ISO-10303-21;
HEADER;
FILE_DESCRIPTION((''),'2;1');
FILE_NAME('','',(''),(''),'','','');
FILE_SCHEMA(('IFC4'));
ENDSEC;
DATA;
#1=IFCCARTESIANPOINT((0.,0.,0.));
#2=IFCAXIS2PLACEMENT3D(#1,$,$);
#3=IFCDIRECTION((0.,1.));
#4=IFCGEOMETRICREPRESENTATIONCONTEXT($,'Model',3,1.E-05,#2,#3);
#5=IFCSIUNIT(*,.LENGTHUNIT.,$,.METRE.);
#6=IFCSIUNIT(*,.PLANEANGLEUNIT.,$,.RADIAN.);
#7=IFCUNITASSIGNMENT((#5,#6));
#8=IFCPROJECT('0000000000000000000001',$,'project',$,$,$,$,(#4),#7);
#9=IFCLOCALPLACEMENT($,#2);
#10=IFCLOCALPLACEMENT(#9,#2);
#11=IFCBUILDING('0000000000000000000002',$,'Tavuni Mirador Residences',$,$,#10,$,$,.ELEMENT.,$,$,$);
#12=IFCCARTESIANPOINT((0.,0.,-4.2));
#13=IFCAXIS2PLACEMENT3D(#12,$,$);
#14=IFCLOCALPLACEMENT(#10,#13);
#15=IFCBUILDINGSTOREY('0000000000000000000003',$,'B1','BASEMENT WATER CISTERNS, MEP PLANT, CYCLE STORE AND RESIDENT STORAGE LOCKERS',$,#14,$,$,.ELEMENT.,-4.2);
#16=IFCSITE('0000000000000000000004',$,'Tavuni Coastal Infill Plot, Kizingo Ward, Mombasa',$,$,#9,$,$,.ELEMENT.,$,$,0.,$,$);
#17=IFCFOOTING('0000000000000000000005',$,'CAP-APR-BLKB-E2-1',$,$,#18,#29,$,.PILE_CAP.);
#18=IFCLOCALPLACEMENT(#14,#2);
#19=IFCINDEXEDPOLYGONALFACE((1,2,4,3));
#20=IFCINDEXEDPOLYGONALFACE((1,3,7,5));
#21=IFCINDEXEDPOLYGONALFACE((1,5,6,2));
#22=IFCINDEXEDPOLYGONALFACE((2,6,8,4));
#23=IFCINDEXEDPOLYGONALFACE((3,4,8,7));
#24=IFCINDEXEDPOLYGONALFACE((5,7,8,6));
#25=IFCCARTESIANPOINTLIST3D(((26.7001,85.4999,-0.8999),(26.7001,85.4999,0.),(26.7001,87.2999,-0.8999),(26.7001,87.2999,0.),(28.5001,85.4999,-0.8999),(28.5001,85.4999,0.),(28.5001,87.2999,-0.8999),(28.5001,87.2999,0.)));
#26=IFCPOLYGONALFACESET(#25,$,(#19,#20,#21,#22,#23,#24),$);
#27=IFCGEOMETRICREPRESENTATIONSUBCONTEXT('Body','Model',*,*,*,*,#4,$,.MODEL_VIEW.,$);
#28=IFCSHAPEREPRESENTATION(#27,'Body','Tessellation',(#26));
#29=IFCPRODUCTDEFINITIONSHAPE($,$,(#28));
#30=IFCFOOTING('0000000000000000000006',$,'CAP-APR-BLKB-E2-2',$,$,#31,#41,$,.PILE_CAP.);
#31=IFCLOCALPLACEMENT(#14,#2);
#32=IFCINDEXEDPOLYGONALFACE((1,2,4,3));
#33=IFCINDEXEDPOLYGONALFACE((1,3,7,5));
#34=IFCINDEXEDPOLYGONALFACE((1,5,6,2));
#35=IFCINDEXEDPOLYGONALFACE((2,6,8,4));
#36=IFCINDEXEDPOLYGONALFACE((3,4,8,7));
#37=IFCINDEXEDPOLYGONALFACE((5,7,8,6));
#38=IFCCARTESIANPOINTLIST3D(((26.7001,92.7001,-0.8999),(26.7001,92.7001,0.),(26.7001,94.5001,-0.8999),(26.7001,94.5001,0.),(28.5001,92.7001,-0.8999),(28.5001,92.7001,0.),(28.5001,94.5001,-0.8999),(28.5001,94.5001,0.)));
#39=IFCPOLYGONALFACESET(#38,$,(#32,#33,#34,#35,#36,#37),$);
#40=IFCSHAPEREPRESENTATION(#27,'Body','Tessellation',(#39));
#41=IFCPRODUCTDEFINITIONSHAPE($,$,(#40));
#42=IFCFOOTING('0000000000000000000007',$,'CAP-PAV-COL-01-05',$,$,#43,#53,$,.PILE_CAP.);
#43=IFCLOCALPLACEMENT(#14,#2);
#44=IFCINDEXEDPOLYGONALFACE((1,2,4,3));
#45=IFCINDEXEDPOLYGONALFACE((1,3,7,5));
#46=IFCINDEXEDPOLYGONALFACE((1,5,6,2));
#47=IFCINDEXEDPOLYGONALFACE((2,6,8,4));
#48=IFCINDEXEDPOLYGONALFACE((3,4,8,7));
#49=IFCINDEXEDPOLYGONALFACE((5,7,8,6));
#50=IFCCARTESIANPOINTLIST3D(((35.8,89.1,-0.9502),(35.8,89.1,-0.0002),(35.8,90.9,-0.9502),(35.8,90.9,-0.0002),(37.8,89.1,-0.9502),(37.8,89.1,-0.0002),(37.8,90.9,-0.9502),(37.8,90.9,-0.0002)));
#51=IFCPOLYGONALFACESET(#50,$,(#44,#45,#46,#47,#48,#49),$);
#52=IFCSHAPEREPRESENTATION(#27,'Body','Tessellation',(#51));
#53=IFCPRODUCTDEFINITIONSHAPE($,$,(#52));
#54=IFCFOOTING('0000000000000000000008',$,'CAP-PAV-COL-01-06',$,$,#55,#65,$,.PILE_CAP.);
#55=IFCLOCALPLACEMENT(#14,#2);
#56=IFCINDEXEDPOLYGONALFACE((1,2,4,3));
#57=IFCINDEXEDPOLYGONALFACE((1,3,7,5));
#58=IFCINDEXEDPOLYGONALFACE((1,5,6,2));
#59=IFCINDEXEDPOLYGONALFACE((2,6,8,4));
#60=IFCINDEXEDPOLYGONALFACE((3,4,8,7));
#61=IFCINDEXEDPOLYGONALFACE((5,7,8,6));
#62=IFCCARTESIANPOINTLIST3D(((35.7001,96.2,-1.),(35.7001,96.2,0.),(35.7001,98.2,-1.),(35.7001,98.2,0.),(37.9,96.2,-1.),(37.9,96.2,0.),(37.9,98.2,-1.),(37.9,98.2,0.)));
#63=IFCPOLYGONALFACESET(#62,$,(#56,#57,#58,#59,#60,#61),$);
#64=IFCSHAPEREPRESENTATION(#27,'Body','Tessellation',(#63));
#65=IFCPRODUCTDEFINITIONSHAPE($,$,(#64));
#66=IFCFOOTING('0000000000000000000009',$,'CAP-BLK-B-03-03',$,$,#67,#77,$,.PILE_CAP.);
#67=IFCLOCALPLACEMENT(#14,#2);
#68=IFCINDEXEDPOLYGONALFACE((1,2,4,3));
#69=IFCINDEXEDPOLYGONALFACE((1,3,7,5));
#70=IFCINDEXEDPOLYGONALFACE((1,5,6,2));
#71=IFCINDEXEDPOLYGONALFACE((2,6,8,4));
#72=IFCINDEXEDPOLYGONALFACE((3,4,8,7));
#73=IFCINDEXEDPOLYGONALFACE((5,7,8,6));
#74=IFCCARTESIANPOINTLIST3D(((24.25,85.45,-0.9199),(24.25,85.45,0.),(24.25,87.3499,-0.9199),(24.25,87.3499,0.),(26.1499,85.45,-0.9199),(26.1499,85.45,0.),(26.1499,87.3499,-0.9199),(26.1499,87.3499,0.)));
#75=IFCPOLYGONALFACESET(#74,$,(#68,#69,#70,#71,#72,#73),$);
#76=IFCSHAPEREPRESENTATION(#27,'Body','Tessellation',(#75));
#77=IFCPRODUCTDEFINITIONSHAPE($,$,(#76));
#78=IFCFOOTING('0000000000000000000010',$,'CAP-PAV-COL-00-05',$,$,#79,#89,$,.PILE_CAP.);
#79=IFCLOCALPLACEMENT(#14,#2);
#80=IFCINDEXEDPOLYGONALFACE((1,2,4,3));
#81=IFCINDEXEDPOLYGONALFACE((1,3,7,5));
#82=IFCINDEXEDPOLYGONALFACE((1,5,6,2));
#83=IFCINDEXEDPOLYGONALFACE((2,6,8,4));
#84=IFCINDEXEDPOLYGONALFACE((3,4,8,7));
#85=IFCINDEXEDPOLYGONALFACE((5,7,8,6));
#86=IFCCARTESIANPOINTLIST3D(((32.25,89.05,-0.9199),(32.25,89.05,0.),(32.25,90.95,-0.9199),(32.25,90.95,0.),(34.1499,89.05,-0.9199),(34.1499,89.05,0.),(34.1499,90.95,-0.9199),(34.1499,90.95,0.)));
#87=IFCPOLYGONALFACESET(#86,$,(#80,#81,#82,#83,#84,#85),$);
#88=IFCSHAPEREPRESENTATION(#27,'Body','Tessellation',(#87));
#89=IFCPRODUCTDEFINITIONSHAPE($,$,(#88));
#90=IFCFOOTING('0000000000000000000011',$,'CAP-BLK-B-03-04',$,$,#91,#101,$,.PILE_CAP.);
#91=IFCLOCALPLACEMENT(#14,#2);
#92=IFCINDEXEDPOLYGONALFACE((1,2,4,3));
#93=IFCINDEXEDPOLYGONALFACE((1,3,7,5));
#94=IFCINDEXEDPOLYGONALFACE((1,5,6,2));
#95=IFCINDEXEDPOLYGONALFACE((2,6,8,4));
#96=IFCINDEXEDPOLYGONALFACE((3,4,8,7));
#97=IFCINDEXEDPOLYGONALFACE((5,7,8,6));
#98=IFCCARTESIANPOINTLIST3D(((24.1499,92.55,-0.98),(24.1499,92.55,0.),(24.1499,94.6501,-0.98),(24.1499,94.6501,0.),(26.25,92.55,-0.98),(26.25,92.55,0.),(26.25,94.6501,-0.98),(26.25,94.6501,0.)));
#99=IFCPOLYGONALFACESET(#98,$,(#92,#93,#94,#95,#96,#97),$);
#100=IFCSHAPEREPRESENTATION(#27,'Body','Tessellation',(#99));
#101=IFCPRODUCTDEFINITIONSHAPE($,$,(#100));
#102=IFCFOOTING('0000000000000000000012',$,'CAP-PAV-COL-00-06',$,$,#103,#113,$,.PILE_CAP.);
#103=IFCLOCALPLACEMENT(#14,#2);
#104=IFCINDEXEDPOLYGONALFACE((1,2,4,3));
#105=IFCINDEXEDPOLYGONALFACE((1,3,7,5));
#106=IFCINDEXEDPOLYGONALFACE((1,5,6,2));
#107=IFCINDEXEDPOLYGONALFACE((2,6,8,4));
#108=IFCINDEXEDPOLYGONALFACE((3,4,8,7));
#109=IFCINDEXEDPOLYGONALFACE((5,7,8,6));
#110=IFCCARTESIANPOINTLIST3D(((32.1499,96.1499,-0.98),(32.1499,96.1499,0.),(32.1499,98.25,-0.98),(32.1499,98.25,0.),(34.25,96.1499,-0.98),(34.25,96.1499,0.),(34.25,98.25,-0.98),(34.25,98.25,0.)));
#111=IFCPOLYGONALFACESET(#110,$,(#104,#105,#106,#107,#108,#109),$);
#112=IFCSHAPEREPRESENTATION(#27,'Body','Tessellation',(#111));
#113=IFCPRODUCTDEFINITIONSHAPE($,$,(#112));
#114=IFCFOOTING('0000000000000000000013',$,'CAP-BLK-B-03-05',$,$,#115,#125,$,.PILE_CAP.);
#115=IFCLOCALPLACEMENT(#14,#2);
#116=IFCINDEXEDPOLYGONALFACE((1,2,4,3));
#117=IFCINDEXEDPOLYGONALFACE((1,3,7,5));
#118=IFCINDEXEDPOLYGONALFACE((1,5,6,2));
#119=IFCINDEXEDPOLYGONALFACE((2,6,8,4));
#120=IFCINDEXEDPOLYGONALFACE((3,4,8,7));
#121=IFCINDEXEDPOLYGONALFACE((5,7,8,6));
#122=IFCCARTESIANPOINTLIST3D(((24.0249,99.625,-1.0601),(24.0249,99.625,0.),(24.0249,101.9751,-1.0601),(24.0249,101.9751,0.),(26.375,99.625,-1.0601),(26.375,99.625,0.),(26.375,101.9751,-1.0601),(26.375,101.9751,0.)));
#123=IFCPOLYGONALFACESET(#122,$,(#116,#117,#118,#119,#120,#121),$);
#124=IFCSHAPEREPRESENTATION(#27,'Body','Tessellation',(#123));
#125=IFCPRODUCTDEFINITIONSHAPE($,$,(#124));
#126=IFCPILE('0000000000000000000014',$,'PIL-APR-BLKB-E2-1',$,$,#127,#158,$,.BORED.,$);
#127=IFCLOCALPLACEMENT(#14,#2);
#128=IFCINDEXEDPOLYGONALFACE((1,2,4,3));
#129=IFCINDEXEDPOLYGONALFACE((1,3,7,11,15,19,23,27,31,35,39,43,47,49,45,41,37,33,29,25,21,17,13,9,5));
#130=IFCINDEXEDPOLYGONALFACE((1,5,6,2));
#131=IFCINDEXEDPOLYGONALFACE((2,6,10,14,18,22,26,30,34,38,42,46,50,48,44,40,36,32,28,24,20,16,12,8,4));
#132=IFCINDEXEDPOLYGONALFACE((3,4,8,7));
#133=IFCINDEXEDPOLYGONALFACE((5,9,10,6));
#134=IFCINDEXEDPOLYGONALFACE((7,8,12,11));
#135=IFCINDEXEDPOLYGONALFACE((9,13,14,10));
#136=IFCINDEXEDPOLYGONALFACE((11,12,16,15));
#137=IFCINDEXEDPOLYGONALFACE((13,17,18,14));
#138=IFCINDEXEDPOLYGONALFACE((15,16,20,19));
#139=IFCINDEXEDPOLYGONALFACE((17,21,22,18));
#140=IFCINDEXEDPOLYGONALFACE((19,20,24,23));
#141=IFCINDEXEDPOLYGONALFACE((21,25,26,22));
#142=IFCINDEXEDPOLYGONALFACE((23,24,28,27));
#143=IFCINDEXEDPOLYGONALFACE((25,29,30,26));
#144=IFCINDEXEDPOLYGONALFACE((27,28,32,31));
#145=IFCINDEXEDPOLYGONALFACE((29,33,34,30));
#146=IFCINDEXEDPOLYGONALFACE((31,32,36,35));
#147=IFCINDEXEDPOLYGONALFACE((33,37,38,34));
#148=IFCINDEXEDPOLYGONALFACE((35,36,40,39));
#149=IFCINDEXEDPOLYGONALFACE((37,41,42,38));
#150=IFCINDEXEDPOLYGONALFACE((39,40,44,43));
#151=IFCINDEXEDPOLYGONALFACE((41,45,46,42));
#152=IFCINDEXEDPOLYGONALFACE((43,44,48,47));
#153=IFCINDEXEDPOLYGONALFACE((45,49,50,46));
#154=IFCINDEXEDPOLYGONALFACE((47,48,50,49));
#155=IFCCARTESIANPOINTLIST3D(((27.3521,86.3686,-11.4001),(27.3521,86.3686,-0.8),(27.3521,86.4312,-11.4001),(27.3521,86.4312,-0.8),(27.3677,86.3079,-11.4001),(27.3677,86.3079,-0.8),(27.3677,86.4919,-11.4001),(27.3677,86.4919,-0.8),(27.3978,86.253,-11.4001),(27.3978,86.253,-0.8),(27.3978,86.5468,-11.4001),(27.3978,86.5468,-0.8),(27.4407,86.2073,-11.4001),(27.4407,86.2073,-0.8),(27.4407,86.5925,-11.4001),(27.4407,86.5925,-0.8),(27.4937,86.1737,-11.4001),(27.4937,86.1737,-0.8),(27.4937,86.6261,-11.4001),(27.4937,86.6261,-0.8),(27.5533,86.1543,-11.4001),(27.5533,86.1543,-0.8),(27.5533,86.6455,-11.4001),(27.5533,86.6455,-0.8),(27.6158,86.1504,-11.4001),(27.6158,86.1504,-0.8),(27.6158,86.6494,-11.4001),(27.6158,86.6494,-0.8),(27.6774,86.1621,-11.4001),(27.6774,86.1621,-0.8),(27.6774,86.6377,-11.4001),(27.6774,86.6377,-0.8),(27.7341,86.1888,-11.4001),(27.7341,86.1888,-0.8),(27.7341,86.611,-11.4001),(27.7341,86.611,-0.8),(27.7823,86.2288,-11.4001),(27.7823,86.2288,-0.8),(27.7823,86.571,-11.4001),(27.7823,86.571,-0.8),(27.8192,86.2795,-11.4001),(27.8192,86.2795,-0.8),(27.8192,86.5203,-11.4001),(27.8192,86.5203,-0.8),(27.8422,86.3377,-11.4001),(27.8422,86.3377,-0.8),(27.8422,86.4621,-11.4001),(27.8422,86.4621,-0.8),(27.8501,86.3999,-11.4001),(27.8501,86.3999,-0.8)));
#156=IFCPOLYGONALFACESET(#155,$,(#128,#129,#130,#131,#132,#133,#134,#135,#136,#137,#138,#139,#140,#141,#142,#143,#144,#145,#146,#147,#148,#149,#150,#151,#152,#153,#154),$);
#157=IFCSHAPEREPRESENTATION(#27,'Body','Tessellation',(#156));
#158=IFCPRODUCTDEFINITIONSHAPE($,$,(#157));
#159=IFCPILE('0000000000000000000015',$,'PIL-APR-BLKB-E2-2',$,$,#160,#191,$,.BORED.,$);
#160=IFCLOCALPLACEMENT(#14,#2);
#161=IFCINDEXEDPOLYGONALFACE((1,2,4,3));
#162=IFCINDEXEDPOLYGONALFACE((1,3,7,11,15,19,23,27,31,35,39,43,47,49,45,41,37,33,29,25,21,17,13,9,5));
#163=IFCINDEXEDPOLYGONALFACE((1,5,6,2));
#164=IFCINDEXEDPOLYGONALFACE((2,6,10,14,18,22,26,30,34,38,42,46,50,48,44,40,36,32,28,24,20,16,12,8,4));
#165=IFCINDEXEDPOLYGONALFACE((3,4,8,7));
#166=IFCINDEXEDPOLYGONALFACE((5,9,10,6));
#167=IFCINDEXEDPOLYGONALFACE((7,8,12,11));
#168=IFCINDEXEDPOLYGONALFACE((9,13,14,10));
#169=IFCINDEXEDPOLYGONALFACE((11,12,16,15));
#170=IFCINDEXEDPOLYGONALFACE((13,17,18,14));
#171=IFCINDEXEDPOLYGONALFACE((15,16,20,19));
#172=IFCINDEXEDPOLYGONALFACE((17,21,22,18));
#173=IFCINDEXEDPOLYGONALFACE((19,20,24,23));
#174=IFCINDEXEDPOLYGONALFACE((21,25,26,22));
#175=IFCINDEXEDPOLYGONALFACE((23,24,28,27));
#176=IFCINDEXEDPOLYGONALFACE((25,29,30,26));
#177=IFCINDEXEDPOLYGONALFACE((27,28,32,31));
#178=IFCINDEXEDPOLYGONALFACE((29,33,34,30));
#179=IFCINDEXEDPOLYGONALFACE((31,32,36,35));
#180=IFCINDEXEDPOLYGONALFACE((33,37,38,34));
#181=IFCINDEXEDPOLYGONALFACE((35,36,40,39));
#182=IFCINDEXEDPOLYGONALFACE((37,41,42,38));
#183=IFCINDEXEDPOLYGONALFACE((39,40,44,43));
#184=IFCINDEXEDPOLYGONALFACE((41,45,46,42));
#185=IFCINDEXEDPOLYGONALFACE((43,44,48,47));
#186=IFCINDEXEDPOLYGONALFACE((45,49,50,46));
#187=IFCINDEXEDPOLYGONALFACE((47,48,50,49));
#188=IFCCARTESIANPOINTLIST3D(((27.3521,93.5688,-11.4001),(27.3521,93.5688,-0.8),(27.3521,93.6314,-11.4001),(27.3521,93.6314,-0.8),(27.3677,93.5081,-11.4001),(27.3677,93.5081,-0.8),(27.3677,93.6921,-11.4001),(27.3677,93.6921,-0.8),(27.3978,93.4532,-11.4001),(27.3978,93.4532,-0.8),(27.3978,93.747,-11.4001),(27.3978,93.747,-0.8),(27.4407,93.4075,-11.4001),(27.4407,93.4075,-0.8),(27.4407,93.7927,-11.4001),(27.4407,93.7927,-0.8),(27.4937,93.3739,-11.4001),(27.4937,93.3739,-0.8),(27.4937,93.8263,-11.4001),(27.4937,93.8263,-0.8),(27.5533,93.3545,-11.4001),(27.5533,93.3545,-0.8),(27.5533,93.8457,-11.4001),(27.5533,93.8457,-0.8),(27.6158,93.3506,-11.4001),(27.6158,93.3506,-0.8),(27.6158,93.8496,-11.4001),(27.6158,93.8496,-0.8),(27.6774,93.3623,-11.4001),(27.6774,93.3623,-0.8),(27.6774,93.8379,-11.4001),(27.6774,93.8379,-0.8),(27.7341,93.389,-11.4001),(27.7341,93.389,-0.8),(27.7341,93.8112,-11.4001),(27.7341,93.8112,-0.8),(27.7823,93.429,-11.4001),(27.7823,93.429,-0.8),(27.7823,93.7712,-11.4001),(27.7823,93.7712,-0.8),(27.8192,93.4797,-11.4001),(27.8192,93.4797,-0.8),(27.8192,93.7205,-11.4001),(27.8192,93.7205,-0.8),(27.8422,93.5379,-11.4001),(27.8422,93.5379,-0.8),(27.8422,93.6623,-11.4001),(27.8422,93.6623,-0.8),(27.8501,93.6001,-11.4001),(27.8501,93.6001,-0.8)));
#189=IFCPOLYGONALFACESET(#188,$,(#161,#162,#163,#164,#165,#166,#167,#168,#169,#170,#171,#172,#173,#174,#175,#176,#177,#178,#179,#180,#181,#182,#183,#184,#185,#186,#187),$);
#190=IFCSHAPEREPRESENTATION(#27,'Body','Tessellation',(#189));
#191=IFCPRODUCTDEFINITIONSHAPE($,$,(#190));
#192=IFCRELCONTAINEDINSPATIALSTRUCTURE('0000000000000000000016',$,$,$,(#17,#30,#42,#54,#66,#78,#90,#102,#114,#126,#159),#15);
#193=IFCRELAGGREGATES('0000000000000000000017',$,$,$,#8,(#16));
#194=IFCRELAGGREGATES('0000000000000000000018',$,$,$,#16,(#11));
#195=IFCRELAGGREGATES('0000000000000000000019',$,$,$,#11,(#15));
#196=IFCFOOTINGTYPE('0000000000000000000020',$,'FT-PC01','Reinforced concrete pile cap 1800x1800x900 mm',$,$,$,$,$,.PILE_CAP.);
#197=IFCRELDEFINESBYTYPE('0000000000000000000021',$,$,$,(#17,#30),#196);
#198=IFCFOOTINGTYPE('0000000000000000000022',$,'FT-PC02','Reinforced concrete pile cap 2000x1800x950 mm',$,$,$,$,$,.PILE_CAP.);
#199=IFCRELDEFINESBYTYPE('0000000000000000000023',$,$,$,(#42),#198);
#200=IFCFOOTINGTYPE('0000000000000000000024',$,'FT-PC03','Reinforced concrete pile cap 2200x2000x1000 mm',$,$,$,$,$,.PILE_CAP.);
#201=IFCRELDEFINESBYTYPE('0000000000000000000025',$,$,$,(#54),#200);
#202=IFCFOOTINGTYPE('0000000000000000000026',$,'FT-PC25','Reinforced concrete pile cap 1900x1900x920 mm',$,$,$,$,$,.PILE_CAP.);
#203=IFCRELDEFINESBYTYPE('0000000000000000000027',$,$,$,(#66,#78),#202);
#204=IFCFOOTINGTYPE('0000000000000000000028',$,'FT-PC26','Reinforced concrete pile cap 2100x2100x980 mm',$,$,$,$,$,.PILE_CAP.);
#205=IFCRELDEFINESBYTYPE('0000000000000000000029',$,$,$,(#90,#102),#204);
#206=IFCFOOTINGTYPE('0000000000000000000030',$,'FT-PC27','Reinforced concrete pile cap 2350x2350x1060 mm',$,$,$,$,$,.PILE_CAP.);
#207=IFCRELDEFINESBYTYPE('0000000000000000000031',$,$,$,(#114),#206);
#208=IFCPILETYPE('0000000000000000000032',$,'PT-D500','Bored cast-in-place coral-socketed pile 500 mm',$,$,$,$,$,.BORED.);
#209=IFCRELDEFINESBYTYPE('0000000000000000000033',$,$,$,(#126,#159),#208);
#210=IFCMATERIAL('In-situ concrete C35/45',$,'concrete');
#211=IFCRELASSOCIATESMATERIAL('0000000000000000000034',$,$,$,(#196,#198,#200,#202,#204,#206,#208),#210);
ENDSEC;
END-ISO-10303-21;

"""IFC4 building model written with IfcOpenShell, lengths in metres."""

from ifc_helpers import new_model, si_unit, direction, frame, origin, origin_2d, place, context, subcontext, project, spatial, rectangle, circle, extrude, material, material_profile, profile_set, type_object, element, save


model = new_model("IFC4")

# Units and contexts
model_context = context("Model", 3, precision=1e-05, world=origin(), true_north=direction((0.0, 1.0)))
body_context = subcontext(model_context, "Body", "Model", "MODEL_VIEW")
ifc_project = project(units=[si_unit("LENGTHUNIT", "METRE"), si_unit("PLANEANGLEUNIT", "RADIAN")], contexts=[model_context])

# Site, building, storey
site_placement = place(None, origin())
site = spatial("IfcSite", under=ifc_project, at=site_placement, Name="Tavuni Coastal Infill Plot, Kizingo Ward, Mombasa", CompositionType="ELEMENT", RefElevation=0.0)
building_placement = place(site_placement, origin())
building = spatial("IfcBuilding", under=site, at=building_placement, Name="Tavuni Mirador Residences", CompositionType="ELEMENT")
storey_placement = place(building_placement, frame((0.0, 0.0, -4.2)))
storey = spatial("IfcBuildingStorey", under=building, at=storey_placement, Name="B1", Description="BASEMENT WATER CISTERNS, MEP PLANT, CYCLE STORE AND RESIDENT STORAGE LOCKERS", CompositionType="ELEMENT", Elevation=-4.2)

# Footings
ifc_material_1 = material(Name="In-situ concrete C35/45", Category="concrete")
footing_type_1 = type_object("IfcFootingType", Name="FT-PC01", Description="Reinforced concrete pile cap 1800x1800x900 mm", PredefinedType="PILE_CAP", material=ifc_material_1)
for number, where, z_axis, x_axis, name in (
    (1, (27.6001, 86.3999, -0.8999), (0.0, 0.0, 1.0), (1.0, 0.0, 0.0), "CAP-APR-BLKB-E2-1"),
    (2, (27.6001, 93.6001, -0.8999), (0.0, 0.0, 1.0), (1.0, 0.0, 0.0), "CAP-APR-BLKB-E2-2"),
):
    element("IfcFooting", number, at=place(storey_placement, frame(where, z_axis=z_axis, x_axis=x_axis)), inside=storey, type_object=footing_type_1, Name=name, PredefinedType="PILE_CAP", context=body_context, shape_type="SweptSolid", body=[
        extrude(rectangle(XDim=1.8, YDim=1.8, at=origin_2d()), origin(), (0.0, 0.0, 1.0), 0.8999),
    ])
footing_type_2 = type_object("IfcFootingType", Name="FT-PC02", Description="Reinforced concrete pile cap 2000x1800x950 mm", PredefinedType="PILE_CAP", material=ifc_material_1)
footing_1_placement = place(storey_placement, frame((36.8, 90.0, -0.9502), z_axis=(0.0, 0.0, 1.0), x_axis=(1.0, 0.0, 0.0)))
element("IfcFooting", 3, at=footing_1_placement, inside=storey, type_object=footing_type_2, Name="CAP-PAV-COL-01-05", PredefinedType="PILE_CAP", context=body_context, shape_type="SweptSolid", body=[
    extrude(rectangle(XDim=2.0, YDim=1.8, at=origin_2d()), origin(), (0.0, 0.0, 1.0), 0.95),
])
footing_type_3 = type_object("IfcFootingType", Name="FT-PC03", Description="Reinforced concrete pile cap 2200x2000x1000 mm", PredefinedType="PILE_CAP", material=ifc_material_1)
footing_2_placement = place(storey_placement, frame((36.8, 97.2, -1.0), z_axis=(0.0, 0.0, 1.0), x_axis=(1.0, 0.0, 0.0)))
element("IfcFooting", 4, at=footing_2_placement, inside=storey, type_object=footing_type_3, Name="CAP-PAV-COL-01-06", PredefinedType="PILE_CAP", context=body_context, shape_type="SweptSolid", body=[
    extrude(rectangle(XDim=2.2, YDim=2.0, at=origin_2d()), origin(), (0.0, 0.0, 1.0), 1.0),
])
footing_type_4 = type_object("IfcFootingType", Name="FT-PC25", Description="Reinforced concrete pile cap 1900x1900x920 mm", PredefinedType="PILE_CAP", material=ifc_material_1)
for number, where, z_axis, x_axis, name in (
    (5, (25.2, 86.3999, -0.9199), (0.0, 0.0, 1.0), (1.0, 0.0, 0.0), "CAP-BLK-B-03-03"),
    (6, (33.2, 90.0, -0.9199), (0.0, 0.0, 1.0), (1.0, 0.0, 0.0), "CAP-PAV-COL-00-05"),
):
    element("IfcFooting", number, at=place(storey_placement, frame(where, z_axis=z_axis, x_axis=x_axis)), inside=storey, type_object=footing_type_4, Name=name, PredefinedType="PILE_CAP", context=body_context, shape_type="SweptSolid", body=[
        extrude(rectangle(XDim=1.8999, YDim=1.8999, at=origin_2d()), origin(), (0.0, 0.0, 1.0), 0.9199),
    ])
footing_type_5 = type_object("IfcFootingType", Name="FT-PC26", Description="Reinforced concrete pile cap 2100x2100x980 mm", PredefinedType="PILE_CAP", material=ifc_material_1)
for number, where, z_axis, x_axis, name in (
    (7, (25.2, 93.6001, -0.98), (0.0, 0.0, 1.0), (1.0, 0.0, 0.0), "CAP-BLK-B-03-04"),
    (8, (33.2, 97.2, -0.98), (0.0, 0.0, 1.0), (1.0, 0.0, 0.0), "CAP-PAV-COL-00-06"),
):
    element("IfcFooting", number, at=place(storey_placement, frame(where, z_axis=z_axis, x_axis=x_axis)), inside=storey, type_object=footing_type_5, Name=name, PredefinedType="PILE_CAP", context=body_context, shape_type="SweptSolid", body=[
        extrude(rectangle(XDim=2.1001, YDim=2.1001, at=origin_2d()), origin(), (0.0, 0.0, 1.0), 0.98),
    ])
footing_type_6 = type_object("IfcFootingType", Name="FT-PC27", Description="Reinforced concrete pile cap 2350x2350x1060 mm", PredefinedType="PILE_CAP", material=ifc_material_1)
footing_3_placement = place(storey_placement, frame((25.2, 100.8, -1.0601), z_axis=(0.0, 0.0, 1.0), x_axis=(1.0, 0.0, 0.0)))
element("IfcFooting", 9, at=footing_3_placement, inside=storey, type_object=footing_type_6, Name="CAP-BLK-B-03-05", PredefinedType="PILE_CAP", context=body_context, shape_type="SweptSolid", body=[
    extrude(rectangle(XDim=2.3501, YDim=2.3501, at=origin_2d()), origin(), (0.0, 0.0, 1.0), 1.0601),
])

# Piles
ifc_material_profile_1 = material_profile(ifc_material_1, circle(Radius=0.25, at=origin_2d()), Name="PILE D500", Category="concrete")
ifc_profile_set_1 = profile_set([ifc_material_profile_1], Name="In-situ concrete C35/45")
pile_type_1 = type_object("IfcPileType", Name="PT-D500", Description="Bored cast-in-place coral-socketed pile 500 mm", PredefinedType="BORED", material=ifc_profile_set_1)
for number, where, z_axis, x_axis, name in (
    (10, (27.6001, 86.3999, -0.8), (0.0, 0.0, -1.0), (1.0, 0.0, 0.0), "PIL-APR-BLKB-E2-1"),
    (11, (27.6001, 93.6001, -0.8), (0.0, 0.0, -1.0), (1.0, 0.0, 0.0), "PIL-APR-BLKB-E2-2"),
):
    element("IfcPile", number, at=place(storey_placement, frame(where, z_axis=z_axis, x_axis=x_axis)), inside=storey, type_object=pile_type_1, Name=name, PredefinedType="BORED", context=body_context, shape_type="SweptSolid", body=[
        extrude(circle(Radius=0.25, at=origin_2d()), origin(), (0.0, 0.0, 1.0), 10.6001),
    ])

save(model, "model.ifc")
